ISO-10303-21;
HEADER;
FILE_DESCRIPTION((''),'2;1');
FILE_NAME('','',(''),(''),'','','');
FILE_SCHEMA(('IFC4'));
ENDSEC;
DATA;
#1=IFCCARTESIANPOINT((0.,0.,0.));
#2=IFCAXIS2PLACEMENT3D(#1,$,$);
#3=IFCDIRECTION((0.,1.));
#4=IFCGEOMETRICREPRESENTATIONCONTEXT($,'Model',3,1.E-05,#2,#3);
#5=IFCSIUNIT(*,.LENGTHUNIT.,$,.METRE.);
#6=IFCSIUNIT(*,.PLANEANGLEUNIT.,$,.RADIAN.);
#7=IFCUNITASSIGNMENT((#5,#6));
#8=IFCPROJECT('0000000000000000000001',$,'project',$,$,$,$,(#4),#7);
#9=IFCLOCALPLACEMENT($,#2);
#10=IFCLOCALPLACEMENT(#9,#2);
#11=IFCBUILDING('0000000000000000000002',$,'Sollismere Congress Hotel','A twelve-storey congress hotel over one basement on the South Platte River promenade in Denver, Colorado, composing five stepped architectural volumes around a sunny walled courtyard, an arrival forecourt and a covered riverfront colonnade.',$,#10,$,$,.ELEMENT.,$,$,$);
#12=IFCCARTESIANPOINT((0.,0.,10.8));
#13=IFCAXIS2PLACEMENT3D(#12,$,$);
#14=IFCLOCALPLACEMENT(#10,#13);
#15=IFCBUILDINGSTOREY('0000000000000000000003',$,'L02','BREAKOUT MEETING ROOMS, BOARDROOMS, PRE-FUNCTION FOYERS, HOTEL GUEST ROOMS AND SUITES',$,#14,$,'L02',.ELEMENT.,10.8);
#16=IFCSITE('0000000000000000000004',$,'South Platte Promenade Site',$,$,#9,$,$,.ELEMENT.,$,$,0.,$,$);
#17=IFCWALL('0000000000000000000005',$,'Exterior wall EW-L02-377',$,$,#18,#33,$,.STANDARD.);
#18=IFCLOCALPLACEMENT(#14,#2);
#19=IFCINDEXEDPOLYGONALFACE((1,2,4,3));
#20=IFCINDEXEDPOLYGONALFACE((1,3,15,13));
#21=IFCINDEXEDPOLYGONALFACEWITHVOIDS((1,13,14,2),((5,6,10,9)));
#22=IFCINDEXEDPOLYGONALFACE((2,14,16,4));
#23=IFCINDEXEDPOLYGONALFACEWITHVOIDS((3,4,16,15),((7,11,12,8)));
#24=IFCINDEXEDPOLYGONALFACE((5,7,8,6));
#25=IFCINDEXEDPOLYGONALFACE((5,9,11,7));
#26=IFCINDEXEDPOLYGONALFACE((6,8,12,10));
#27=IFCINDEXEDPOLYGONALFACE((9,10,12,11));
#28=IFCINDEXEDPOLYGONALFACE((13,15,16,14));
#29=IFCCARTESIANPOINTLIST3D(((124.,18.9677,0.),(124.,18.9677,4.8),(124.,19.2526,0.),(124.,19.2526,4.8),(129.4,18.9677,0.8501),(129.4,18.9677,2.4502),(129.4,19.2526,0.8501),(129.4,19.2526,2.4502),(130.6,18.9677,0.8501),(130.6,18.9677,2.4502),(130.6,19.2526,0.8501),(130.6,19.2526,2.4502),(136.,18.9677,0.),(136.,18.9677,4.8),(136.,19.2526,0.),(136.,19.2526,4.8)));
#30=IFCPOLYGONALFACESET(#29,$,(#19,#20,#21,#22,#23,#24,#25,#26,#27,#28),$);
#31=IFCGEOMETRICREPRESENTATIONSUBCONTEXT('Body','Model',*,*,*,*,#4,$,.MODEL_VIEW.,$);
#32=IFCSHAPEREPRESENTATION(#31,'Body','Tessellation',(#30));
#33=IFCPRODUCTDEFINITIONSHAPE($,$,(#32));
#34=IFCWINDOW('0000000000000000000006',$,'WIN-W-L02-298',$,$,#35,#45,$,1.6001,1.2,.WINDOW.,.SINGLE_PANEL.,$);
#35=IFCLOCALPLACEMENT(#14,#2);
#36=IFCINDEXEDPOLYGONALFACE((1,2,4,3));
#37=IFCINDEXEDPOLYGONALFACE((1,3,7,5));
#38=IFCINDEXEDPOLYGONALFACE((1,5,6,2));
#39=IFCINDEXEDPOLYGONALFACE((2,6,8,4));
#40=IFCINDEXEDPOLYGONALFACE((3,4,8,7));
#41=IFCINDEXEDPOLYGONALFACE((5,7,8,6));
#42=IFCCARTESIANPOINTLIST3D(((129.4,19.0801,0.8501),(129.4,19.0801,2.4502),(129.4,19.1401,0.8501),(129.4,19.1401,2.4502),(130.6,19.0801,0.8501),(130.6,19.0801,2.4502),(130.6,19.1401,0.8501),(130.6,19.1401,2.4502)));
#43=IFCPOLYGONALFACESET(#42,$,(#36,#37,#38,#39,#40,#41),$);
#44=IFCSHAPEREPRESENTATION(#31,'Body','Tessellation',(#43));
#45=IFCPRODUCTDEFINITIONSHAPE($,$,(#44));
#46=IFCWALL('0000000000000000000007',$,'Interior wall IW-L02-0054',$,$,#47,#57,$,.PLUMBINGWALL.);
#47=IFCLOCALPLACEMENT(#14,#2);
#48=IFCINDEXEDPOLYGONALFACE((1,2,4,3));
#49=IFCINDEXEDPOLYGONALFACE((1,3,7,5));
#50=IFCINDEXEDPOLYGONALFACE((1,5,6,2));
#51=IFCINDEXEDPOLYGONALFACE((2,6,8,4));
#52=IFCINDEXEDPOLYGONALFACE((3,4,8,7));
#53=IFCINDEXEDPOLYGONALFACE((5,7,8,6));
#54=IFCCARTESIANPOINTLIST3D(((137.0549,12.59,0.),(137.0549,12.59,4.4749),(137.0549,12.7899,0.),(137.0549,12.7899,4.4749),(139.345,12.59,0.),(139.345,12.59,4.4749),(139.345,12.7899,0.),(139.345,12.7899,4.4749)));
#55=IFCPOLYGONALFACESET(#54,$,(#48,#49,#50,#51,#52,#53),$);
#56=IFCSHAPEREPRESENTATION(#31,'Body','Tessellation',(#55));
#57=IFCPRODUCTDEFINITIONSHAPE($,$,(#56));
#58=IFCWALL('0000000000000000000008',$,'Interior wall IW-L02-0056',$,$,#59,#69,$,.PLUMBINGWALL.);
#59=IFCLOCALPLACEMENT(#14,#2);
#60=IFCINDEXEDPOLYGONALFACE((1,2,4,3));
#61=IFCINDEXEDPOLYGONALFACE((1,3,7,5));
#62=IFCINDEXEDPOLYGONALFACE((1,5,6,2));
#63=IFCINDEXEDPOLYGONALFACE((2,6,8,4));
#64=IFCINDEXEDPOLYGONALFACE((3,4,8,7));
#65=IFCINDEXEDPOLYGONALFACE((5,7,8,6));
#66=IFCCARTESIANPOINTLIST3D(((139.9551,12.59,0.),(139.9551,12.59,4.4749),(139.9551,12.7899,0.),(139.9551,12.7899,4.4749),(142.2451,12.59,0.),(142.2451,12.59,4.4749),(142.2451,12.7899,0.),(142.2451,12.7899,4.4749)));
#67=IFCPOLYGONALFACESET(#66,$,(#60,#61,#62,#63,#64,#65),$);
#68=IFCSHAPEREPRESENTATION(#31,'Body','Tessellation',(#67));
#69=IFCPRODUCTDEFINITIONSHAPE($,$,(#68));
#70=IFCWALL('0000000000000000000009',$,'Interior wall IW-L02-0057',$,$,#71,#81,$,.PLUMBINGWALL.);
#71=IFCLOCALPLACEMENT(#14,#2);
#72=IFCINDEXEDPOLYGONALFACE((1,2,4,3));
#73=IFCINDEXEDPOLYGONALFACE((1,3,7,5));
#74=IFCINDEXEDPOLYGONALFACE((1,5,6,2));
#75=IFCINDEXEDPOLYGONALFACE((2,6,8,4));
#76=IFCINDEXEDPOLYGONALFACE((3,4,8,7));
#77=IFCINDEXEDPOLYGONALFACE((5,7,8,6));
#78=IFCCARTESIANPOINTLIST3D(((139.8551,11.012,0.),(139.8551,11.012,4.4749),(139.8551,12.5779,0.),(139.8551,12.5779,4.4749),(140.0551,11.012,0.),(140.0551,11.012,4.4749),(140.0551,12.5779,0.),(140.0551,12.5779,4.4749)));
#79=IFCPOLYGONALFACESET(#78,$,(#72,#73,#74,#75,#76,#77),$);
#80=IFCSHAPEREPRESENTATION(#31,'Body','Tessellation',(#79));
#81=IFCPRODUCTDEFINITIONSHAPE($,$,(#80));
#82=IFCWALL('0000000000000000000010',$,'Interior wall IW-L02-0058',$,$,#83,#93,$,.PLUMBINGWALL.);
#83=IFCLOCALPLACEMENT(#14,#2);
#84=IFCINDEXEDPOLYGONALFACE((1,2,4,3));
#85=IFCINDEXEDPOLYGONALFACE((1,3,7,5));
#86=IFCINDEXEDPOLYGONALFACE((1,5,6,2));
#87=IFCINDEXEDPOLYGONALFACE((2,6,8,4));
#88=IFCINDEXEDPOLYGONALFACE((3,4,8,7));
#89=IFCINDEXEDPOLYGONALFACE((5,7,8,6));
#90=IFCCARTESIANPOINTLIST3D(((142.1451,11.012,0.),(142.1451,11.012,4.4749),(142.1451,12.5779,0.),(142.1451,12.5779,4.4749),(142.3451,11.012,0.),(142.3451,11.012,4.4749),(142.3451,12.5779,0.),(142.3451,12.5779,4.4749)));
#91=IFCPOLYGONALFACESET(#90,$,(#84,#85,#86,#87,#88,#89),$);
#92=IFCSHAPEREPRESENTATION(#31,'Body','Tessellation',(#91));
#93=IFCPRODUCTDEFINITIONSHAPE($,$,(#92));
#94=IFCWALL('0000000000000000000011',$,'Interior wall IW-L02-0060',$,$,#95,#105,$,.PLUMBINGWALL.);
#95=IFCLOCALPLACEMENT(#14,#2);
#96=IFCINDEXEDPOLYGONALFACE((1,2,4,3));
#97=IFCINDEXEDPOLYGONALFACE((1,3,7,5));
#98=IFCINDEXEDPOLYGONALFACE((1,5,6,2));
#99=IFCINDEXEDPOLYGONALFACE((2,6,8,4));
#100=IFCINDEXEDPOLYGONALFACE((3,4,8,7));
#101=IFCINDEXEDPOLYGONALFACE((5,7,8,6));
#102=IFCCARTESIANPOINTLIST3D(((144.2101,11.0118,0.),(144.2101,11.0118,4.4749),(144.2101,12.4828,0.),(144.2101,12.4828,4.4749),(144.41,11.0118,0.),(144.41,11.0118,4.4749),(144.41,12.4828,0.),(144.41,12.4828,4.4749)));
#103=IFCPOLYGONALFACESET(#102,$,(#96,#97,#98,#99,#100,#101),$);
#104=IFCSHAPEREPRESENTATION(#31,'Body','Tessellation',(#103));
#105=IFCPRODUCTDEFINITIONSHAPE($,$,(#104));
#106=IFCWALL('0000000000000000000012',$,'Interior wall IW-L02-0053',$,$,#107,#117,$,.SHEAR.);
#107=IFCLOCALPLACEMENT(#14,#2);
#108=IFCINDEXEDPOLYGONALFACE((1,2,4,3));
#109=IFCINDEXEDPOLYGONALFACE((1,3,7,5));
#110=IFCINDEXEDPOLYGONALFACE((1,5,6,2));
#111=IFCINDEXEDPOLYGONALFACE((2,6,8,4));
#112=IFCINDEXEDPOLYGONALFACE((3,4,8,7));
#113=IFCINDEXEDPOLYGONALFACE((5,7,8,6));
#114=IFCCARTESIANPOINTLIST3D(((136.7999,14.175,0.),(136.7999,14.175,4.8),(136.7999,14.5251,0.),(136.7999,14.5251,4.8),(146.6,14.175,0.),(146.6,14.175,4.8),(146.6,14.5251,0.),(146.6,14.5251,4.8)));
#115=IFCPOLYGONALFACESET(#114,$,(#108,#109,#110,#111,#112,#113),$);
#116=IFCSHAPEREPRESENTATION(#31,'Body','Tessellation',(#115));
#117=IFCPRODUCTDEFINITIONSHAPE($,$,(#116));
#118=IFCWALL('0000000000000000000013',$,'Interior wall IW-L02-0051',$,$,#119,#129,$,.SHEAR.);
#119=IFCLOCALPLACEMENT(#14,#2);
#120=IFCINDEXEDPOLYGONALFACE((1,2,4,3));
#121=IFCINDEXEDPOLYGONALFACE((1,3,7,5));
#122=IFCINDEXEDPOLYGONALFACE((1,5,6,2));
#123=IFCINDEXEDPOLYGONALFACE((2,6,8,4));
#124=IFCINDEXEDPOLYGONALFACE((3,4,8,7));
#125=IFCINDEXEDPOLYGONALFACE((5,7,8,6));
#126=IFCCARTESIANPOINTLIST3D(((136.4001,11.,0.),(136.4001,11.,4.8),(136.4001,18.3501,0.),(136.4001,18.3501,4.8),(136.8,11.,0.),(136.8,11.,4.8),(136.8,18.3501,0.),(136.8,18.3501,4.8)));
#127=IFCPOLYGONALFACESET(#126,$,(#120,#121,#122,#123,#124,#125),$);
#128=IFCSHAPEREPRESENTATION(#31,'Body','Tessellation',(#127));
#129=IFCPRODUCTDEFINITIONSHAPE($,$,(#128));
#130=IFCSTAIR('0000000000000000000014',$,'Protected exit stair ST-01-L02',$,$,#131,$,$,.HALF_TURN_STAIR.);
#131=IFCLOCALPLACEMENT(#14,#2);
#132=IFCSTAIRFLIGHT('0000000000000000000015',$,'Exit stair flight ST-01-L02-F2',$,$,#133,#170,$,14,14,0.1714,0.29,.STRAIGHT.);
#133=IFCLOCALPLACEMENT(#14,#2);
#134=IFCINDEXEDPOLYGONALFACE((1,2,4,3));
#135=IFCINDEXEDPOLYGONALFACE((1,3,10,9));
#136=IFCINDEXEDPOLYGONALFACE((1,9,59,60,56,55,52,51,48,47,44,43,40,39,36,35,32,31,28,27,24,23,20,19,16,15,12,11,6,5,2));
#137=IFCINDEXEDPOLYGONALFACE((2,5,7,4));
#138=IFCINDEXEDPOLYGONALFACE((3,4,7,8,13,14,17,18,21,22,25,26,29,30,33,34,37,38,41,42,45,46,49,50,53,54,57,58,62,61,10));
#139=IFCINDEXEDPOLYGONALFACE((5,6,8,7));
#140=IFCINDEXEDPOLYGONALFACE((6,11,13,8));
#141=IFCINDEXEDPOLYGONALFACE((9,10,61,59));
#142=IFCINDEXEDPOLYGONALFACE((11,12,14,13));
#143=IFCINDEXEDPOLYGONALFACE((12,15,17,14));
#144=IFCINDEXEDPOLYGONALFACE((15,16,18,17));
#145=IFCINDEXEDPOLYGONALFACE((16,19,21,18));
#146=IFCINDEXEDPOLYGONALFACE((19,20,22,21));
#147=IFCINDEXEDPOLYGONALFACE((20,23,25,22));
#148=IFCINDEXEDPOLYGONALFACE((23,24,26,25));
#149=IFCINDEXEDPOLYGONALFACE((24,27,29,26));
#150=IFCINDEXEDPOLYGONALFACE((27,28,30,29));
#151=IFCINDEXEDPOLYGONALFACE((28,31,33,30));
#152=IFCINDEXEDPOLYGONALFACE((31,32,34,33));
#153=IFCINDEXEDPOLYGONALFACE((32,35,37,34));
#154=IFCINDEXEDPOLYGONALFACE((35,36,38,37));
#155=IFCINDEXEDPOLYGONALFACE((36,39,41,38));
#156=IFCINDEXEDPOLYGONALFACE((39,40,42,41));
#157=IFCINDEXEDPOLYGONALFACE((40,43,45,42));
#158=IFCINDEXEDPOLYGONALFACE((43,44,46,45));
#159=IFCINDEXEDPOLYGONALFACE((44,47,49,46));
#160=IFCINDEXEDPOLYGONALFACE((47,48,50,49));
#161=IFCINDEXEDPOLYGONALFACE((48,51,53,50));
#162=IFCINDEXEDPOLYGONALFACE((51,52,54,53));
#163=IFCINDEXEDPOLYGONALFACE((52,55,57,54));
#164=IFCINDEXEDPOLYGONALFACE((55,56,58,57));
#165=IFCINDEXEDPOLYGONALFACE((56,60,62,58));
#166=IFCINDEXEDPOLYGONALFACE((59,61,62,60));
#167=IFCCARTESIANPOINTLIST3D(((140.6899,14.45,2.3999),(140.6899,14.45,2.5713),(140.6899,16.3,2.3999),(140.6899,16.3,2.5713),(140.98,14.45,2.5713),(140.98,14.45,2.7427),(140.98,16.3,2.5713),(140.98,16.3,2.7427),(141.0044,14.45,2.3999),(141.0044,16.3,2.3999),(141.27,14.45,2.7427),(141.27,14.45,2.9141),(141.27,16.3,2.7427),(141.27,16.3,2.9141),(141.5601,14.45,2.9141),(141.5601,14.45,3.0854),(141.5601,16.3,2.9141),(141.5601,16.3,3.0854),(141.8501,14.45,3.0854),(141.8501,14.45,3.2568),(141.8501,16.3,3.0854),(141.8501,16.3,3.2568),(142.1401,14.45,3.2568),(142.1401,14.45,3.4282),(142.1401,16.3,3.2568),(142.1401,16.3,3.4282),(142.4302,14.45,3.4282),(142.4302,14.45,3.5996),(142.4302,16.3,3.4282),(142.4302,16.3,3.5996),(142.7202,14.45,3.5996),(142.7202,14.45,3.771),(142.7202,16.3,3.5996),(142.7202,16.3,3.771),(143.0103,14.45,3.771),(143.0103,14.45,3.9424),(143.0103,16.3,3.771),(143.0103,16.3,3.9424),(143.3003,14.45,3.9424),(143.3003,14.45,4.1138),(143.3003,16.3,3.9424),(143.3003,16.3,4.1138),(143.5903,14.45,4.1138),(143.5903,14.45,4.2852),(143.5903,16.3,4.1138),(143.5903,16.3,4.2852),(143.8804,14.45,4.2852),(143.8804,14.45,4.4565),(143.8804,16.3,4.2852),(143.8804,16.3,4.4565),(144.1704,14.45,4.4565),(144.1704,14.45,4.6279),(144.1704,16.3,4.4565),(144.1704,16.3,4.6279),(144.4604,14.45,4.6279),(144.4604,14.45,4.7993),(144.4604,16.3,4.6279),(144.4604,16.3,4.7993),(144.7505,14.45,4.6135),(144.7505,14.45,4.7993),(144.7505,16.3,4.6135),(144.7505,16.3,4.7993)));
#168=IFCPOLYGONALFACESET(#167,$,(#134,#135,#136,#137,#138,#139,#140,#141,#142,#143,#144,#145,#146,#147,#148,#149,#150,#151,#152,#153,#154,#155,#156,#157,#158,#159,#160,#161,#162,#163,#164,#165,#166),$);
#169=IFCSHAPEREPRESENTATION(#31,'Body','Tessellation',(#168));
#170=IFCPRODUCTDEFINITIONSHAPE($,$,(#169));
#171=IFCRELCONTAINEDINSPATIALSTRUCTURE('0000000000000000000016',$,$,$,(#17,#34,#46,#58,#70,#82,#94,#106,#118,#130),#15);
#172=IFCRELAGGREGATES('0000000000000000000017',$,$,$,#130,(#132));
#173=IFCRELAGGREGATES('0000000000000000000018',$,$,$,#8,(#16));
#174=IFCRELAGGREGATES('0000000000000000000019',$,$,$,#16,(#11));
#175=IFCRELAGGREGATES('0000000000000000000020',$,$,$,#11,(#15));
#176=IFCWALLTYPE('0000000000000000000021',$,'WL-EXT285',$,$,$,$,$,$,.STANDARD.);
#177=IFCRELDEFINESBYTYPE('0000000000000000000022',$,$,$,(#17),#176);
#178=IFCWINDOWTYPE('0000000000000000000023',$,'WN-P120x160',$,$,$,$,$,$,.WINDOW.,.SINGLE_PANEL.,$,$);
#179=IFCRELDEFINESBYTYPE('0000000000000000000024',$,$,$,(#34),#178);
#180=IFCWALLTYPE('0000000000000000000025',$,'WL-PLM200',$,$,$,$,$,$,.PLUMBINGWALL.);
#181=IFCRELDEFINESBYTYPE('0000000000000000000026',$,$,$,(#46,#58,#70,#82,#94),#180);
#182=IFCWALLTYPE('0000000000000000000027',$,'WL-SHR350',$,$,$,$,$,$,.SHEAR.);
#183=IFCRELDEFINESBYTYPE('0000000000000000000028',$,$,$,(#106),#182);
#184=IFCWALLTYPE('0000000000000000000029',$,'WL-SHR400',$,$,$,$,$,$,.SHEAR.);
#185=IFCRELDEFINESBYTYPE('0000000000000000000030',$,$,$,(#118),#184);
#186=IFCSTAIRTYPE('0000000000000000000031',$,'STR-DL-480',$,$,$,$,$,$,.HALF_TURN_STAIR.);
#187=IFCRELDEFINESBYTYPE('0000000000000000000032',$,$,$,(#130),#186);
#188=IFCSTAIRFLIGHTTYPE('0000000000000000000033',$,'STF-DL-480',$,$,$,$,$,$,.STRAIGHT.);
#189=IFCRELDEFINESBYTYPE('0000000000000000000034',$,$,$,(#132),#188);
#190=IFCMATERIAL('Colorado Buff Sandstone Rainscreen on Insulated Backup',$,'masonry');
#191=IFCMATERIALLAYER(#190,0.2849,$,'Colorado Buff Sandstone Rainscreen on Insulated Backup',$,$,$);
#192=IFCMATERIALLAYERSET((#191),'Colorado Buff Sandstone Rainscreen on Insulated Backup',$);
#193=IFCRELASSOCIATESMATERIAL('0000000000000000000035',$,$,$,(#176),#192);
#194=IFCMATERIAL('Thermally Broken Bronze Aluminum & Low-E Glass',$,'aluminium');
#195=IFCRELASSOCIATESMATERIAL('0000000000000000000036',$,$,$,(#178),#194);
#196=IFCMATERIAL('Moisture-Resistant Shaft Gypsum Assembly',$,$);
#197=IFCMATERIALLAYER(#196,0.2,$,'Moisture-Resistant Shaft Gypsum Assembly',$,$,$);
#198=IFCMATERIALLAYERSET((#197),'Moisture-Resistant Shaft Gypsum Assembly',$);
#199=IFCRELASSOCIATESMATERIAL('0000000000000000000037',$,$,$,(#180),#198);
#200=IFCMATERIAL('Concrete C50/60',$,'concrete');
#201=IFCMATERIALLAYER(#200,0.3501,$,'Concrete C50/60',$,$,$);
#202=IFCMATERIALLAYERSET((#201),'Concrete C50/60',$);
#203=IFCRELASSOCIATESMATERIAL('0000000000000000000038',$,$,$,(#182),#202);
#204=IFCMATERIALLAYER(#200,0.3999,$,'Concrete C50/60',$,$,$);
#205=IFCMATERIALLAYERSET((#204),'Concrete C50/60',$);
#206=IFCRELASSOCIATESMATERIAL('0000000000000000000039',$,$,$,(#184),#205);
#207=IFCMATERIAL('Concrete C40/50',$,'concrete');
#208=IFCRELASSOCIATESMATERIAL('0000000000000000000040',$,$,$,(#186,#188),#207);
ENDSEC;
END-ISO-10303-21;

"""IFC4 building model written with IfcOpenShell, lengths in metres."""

from ifc_helpers import new_model, si_unit, direction, frame, frame_2d, origin, place, context, subcontext, project, spatial, polyline, rectangle, outline, extrude, material, layer, layer_set, type_object, element, fill, aggregate, save


model = new_model("IFC4")

# Units and contexts
model_context = context("Model", 3, precision=1e-05, world=origin(), true_north=direction((0.0, 1.0)))
body_context = subcontext(model_context, "Body", "Model", "MODEL_VIEW")
ifc_project = project(units=[si_unit("LENGTHUNIT", "METRE"), si_unit("PLANEANGLEUNIT", "RADIAN")], contexts=[model_context])

# Site, building, storey
site_placement = place(None, origin())
site = spatial("IfcSite", under=ifc_project, at=site_placement, Name="South Platte Promenade Site", CompositionType="ELEMENT", RefElevation=0.0)
building_placement = place(site_placement, origin())
building = spatial("IfcBuilding", under=site, at=building_placement, Name="Sollismere Congress Hotel", Description="A twelve-storey congress hotel over one basement on the South Platte River promenade in Denver, Colorado, composing five stepped architectural volumes around a sunny walled courtyard, an arrival forecourt and a covered riverfront colonnade.", CompositionType="ELEMENT")
storey_placement = place(building_placement, frame((0.0, 0.0, 10.8)))
storey = spatial("IfcBuildingStorey", under=building, at=storey_placement, Name="L02", Description="BREAKOUT MEETING ROOMS, BOARDROOMS, PRE-FUNCTION FOYERS, HOTEL GUEST ROOMS AND SUITES", LongName="L02", CompositionType="ELEMENT", Elevation=10.8)

# Shared definitions
ifc_material_1 = material(Name="Colorado Buff Sandstone Rainscreen on Insulated Backup", Category="masonry")
ifc_layer_1 = layer(ifc_material_1, 0.2849, Name="Colorado Buff Sandstone Rainscreen on Insulated Backup")
ifc_layer_set_1 = layer_set([ifc_layer_1], Name="Colorado Buff Sandstone Rainscreen on Insulated Backup")
wall_type_1 = type_object("IfcWallType", Name="WL-EXT285", PredefinedType="STANDARD", material=ifc_layer_set_1)
ifc_material_2 = material(Name="Thermally Broken Bronze Aluminum & Low-E Glass", Category="aluminium")

# Wall, opening, window
wall_1_placement = place(storey_placement, frame((136.0, 19.1101, 0.0), z_axis=(0.0, 0.0, 1.0), x_axis=(-1.0, 0.0, 0.0)))
wall_1 = element("IfcWall", 1, at=wall_1_placement, inside=storey, type_object=wall_type_1, Name="Exterior wall EW-L02-377", PredefinedType="STANDARD", context=body_context, shape_type="SweptSolid", body=[
    extrude(rectangle(XDim=12.0, YDim=0.2849, at=frame_2d((6.0, 0.0))), origin(), (0.0, 0.0, 1.0), 4.8),
])
opening_1_placement = place(wall_1_placement, frame((5.3999, 0.0, 0.8501)))
opening_1 = element("IfcOpeningElement", 2, at=opening_1_placement, cuts=wall_1, PredefinedType="OPENING", context=body_context, shape_type="SweptSolid", body=[
    extrude(rectangle(XDim=1.2, YDim=1.6001, at=frame_2d((0.6001, 0.8))), frame((0.0, 0.1523, 0.0), z_axis=(0.0, -1.0, 0.0), x_axis=(1.0, 0.0, 0.0)), (0.0, 0.0, 1.0), 0.3049),
])
window_type_1 = type_object("IfcWindowType", Name="WN-P120x160", PartitioningType="SINGLE_PANEL", PredefinedType="WINDOW", material=ifc_material_2)
window_1_placement = place(opening_1_placement, origin())
window_1 = element("IfcWindow", 3, at=window_1_placement, inside=storey, type_object=window_type_1, Name="WIN-W-L02-298", OverallHeight=1.6001, OverallWidth=1.2, PartitioningType="SINGLE_PANEL", PredefinedType="WINDOW", context=body_context, shape_type="SweptSolid", body=[
    extrude(rectangle(XDim=1.2, YDim=1.6001, at=frame_2d((0.6001, 0.8))), frame((0.0, 0.03, 0.0), z_axis=(0.0, -1.0, 0.0), x_axis=(1.0, 0.0, 0.0)), (0.0, 0.0, 1.0), 0.0601),
])
fill(opening_1, window_1)

# Walls
ifc_material_3 = material(Name="Moisture-Resistant Shaft Gypsum Assembly")
ifc_layer_2 = layer(ifc_material_3, 0.2, Name="Moisture-Resistant Shaft Gypsum Assembly")
ifc_layer_set_2 = layer_set([ifc_layer_2], Name="Moisture-Resistant Shaft Gypsum Assembly")
wall_type_2 = type_object("IfcWallType", Name="WL-PLM200", PredefinedType="PLUMBINGWALL", material=ifc_layer_set_2)
for number, where, z_axis, x_axis, name in (
    (4, (137.0549, 12.6899, 0.0), (0.0, 0.0, 1.0), (1.0, 0.0, 0.0), "Interior wall IW-L02-0054"),
    (5, (139.9551, 12.6899, 0.0), (0.0, 0.0, 1.0), (1.0, 0.0, 0.0), "Interior wall IW-L02-0056"),
):
    element("IfcWall", number, at=place(storey_placement, frame(where, z_axis=z_axis, x_axis=x_axis)), inside=storey, type_object=wall_type_2, Name=name, PredefinedType="PLUMBINGWALL", context=body_context, shape_type="SweptSolid", body=[
        extrude(rectangle(XDim=2.29, YDim=0.2, at=frame_2d((1.145, 0.0))), origin(), (0.0, 0.0, 1.0), 4.4749),
    ])
for number, where, z_axis, x_axis, name in (
    (6, (139.9551, 11.012, 0.0), (0.0, 0.0, 1.0), (0.0, 1.0, 0.0), "Interior wall IW-L02-0057"),
    (7, (142.2451, 11.012, 0.0), (0.0, 0.0, 1.0), (0.0, 1.0, 0.0), "Interior wall IW-L02-0058"),
):
    element("IfcWall", number, at=place(storey_placement, frame(where, z_axis=z_axis, x_axis=x_axis)), inside=storey, type_object=wall_type_2, Name=name, PredefinedType="PLUMBINGWALL", context=body_context, shape_type="SweptSolid", body=[
        extrude(rectangle(XDim=1.5659, YDim=0.2, at=frame_2d((0.783, 0.0))), origin(), (0.0, 0.0, 1.0), 4.4749),
    ])
wall_2_placement = place(storey_placement, frame((144.3101, 11.012, 0.0), z_axis=(0.0, 0.0, 1.0), x_axis=(0.0, 1.0, 0.0)))
element("IfcWall", 8, at=wall_2_placement, inside=storey, type_object=wall_type_2, Name="Interior wall IW-L02-0060", PredefinedType="PLUMBINGWALL", context=body_context, shape_type="SweptSolid", body=[
    extrude(rectangle(XDim=1.4709, YDim=0.2, at=frame_2d((0.7354, 0.0))), origin(), (0.0, 0.0, 1.0), 4.4749),
])
ifc_material_4 = material(Name="Concrete C50/60", Category="concrete")
ifc_layer_3 = layer(ifc_material_4, 0.3501, Name="Concrete C50/60")
ifc_layer_set_3 = layer_set([ifc_layer_3], Name="Concrete C50/60")
wall_type_3 = type_object("IfcWallType", Name="WL-SHR350", PredefinedType="SHEAR", material=ifc_layer_set_3)
wall_3_placement = place(storey_placement, frame((136.8, 14.3501, 0.0), z_axis=(0.0, 0.0, 1.0), x_axis=(1.0, 0.0, 0.0)))
element("IfcWall", 9, at=wall_3_placement, inside=storey, type_object=wall_type_3, Name="Interior wall IW-L02-0053", PredefinedType="SHEAR", context=body_context, shape_type="SweptSolid", body=[
    extrude(rectangle(XDim=9.8, YDim=0.3501, at=frame_2d((4.8999, 0.0))), origin(), (0.0, 0.0, 1.0), 4.8),
])
ifc_layer_4 = layer(ifc_material_4, 0.3999, Name="Concrete C50/60")
ifc_layer_set_4 = layer_set([ifc_layer_4], Name="Concrete C50/60")
wall_type_4 = type_object("IfcWallType", Name="WL-SHR400", PredefinedType="SHEAR", material=ifc_layer_set_4)
wall_4_placement = place(storey_placement, frame((136.6001, 18.3501, 0.0), z_axis=(0.0, 0.0, 1.0), x_axis=(0.0, -1.0, 0.0)))
element("IfcWall", 10, at=wall_4_placement, inside=storey, type_object=wall_type_4, Name="Interior wall IW-L02-0051", PredefinedType="SHEAR", context=body_context, shape_type="SweptSolid", body=[
    extrude(rectangle(XDim=7.3501, YDim=0.3999, at=frame_2d((3.675, 0.0))), origin(), (0.0, 0.0, 1.0), 4.8),
])

# Stair, stair flight
ifc_material_5 = material(Name="Concrete C40/50", Category="concrete")
stair_type = type_object("IfcStairType", Name="STR-DL-480", PredefinedType="HALF_TURN_STAIR", material=ifc_material_5)
stair_placement = place(storey_placement, origin())
stair = element("IfcStair", 11, at=stair_placement, inside=storey, type_object=stair_type, Name="Protected exit stair ST-01-L02", PredefinedType="HALF_TURN_STAIR")
stair_flight_type = type_object("IfcStairFlightType", Name="STF-DL-480", PredefinedType="STRAIGHT", material=ifc_material_5)
stair_flight_placement = place(storey_placement, frame((140.6899, 15.375, 2.3999), z_axis=(0.0, 0.0, 1.0), x_axis=(1.0, 0.0, 0.0)))
stair_flight = element("IfcStairFlight", 12, at=stair_flight_placement, type_object=stair_flight_type, Name="Exit stair flight ST-01-L02-F2", NumberOfRisers=14, NumberOfTreads=14, PredefinedType="STRAIGHT", RiserHeight=0.1714, TreadLength=0.29, context=body_context, shape_type="SweptSolid", body=[
    extrude(outline(polyline([(0.0, 0.0), (0.0, 0.1714), (0.29, 0.1714), (0.29, 0.3428), (0.5801, 0.3428), (0.5801, 0.5142), (0.8701, 0.5142), (0.8701, 0.6855), (1.1602, 0.6855), (1.1602, 0.8569), (1.4502, 0.8569), (1.4502, 1.0283), (1.7402, 1.0283), (1.7402, 1.1997), (2.0303, 1.1997), (2.0303, 1.3711), (2.3203, 1.3711), (2.3203, 1.5425), (2.6104, 1.5425), (2.6104, 1.7139), (2.9004, 1.7139), (2.9004, 1.8853), (3.1904, 1.8853), (3.1904, 2.0566), (3.4805, 2.0566), (3.4805, 2.228), (3.7705, 2.228), (3.7705, 2.3994), (4.0605, 2.3994), (4.0605, 2.2136), (0.3145, 0.0), (0.0, 0.0)])), frame((0.0, 0.925, 0.0), z_axis=(0.0, -1.0, 0.0), x_axis=(1.0, 0.0, 0.0)), (0.0, 0.0, 1.0), 1.8501),
])
aggregate(stair, [stair_flight])

save(model, "model.ifc")
